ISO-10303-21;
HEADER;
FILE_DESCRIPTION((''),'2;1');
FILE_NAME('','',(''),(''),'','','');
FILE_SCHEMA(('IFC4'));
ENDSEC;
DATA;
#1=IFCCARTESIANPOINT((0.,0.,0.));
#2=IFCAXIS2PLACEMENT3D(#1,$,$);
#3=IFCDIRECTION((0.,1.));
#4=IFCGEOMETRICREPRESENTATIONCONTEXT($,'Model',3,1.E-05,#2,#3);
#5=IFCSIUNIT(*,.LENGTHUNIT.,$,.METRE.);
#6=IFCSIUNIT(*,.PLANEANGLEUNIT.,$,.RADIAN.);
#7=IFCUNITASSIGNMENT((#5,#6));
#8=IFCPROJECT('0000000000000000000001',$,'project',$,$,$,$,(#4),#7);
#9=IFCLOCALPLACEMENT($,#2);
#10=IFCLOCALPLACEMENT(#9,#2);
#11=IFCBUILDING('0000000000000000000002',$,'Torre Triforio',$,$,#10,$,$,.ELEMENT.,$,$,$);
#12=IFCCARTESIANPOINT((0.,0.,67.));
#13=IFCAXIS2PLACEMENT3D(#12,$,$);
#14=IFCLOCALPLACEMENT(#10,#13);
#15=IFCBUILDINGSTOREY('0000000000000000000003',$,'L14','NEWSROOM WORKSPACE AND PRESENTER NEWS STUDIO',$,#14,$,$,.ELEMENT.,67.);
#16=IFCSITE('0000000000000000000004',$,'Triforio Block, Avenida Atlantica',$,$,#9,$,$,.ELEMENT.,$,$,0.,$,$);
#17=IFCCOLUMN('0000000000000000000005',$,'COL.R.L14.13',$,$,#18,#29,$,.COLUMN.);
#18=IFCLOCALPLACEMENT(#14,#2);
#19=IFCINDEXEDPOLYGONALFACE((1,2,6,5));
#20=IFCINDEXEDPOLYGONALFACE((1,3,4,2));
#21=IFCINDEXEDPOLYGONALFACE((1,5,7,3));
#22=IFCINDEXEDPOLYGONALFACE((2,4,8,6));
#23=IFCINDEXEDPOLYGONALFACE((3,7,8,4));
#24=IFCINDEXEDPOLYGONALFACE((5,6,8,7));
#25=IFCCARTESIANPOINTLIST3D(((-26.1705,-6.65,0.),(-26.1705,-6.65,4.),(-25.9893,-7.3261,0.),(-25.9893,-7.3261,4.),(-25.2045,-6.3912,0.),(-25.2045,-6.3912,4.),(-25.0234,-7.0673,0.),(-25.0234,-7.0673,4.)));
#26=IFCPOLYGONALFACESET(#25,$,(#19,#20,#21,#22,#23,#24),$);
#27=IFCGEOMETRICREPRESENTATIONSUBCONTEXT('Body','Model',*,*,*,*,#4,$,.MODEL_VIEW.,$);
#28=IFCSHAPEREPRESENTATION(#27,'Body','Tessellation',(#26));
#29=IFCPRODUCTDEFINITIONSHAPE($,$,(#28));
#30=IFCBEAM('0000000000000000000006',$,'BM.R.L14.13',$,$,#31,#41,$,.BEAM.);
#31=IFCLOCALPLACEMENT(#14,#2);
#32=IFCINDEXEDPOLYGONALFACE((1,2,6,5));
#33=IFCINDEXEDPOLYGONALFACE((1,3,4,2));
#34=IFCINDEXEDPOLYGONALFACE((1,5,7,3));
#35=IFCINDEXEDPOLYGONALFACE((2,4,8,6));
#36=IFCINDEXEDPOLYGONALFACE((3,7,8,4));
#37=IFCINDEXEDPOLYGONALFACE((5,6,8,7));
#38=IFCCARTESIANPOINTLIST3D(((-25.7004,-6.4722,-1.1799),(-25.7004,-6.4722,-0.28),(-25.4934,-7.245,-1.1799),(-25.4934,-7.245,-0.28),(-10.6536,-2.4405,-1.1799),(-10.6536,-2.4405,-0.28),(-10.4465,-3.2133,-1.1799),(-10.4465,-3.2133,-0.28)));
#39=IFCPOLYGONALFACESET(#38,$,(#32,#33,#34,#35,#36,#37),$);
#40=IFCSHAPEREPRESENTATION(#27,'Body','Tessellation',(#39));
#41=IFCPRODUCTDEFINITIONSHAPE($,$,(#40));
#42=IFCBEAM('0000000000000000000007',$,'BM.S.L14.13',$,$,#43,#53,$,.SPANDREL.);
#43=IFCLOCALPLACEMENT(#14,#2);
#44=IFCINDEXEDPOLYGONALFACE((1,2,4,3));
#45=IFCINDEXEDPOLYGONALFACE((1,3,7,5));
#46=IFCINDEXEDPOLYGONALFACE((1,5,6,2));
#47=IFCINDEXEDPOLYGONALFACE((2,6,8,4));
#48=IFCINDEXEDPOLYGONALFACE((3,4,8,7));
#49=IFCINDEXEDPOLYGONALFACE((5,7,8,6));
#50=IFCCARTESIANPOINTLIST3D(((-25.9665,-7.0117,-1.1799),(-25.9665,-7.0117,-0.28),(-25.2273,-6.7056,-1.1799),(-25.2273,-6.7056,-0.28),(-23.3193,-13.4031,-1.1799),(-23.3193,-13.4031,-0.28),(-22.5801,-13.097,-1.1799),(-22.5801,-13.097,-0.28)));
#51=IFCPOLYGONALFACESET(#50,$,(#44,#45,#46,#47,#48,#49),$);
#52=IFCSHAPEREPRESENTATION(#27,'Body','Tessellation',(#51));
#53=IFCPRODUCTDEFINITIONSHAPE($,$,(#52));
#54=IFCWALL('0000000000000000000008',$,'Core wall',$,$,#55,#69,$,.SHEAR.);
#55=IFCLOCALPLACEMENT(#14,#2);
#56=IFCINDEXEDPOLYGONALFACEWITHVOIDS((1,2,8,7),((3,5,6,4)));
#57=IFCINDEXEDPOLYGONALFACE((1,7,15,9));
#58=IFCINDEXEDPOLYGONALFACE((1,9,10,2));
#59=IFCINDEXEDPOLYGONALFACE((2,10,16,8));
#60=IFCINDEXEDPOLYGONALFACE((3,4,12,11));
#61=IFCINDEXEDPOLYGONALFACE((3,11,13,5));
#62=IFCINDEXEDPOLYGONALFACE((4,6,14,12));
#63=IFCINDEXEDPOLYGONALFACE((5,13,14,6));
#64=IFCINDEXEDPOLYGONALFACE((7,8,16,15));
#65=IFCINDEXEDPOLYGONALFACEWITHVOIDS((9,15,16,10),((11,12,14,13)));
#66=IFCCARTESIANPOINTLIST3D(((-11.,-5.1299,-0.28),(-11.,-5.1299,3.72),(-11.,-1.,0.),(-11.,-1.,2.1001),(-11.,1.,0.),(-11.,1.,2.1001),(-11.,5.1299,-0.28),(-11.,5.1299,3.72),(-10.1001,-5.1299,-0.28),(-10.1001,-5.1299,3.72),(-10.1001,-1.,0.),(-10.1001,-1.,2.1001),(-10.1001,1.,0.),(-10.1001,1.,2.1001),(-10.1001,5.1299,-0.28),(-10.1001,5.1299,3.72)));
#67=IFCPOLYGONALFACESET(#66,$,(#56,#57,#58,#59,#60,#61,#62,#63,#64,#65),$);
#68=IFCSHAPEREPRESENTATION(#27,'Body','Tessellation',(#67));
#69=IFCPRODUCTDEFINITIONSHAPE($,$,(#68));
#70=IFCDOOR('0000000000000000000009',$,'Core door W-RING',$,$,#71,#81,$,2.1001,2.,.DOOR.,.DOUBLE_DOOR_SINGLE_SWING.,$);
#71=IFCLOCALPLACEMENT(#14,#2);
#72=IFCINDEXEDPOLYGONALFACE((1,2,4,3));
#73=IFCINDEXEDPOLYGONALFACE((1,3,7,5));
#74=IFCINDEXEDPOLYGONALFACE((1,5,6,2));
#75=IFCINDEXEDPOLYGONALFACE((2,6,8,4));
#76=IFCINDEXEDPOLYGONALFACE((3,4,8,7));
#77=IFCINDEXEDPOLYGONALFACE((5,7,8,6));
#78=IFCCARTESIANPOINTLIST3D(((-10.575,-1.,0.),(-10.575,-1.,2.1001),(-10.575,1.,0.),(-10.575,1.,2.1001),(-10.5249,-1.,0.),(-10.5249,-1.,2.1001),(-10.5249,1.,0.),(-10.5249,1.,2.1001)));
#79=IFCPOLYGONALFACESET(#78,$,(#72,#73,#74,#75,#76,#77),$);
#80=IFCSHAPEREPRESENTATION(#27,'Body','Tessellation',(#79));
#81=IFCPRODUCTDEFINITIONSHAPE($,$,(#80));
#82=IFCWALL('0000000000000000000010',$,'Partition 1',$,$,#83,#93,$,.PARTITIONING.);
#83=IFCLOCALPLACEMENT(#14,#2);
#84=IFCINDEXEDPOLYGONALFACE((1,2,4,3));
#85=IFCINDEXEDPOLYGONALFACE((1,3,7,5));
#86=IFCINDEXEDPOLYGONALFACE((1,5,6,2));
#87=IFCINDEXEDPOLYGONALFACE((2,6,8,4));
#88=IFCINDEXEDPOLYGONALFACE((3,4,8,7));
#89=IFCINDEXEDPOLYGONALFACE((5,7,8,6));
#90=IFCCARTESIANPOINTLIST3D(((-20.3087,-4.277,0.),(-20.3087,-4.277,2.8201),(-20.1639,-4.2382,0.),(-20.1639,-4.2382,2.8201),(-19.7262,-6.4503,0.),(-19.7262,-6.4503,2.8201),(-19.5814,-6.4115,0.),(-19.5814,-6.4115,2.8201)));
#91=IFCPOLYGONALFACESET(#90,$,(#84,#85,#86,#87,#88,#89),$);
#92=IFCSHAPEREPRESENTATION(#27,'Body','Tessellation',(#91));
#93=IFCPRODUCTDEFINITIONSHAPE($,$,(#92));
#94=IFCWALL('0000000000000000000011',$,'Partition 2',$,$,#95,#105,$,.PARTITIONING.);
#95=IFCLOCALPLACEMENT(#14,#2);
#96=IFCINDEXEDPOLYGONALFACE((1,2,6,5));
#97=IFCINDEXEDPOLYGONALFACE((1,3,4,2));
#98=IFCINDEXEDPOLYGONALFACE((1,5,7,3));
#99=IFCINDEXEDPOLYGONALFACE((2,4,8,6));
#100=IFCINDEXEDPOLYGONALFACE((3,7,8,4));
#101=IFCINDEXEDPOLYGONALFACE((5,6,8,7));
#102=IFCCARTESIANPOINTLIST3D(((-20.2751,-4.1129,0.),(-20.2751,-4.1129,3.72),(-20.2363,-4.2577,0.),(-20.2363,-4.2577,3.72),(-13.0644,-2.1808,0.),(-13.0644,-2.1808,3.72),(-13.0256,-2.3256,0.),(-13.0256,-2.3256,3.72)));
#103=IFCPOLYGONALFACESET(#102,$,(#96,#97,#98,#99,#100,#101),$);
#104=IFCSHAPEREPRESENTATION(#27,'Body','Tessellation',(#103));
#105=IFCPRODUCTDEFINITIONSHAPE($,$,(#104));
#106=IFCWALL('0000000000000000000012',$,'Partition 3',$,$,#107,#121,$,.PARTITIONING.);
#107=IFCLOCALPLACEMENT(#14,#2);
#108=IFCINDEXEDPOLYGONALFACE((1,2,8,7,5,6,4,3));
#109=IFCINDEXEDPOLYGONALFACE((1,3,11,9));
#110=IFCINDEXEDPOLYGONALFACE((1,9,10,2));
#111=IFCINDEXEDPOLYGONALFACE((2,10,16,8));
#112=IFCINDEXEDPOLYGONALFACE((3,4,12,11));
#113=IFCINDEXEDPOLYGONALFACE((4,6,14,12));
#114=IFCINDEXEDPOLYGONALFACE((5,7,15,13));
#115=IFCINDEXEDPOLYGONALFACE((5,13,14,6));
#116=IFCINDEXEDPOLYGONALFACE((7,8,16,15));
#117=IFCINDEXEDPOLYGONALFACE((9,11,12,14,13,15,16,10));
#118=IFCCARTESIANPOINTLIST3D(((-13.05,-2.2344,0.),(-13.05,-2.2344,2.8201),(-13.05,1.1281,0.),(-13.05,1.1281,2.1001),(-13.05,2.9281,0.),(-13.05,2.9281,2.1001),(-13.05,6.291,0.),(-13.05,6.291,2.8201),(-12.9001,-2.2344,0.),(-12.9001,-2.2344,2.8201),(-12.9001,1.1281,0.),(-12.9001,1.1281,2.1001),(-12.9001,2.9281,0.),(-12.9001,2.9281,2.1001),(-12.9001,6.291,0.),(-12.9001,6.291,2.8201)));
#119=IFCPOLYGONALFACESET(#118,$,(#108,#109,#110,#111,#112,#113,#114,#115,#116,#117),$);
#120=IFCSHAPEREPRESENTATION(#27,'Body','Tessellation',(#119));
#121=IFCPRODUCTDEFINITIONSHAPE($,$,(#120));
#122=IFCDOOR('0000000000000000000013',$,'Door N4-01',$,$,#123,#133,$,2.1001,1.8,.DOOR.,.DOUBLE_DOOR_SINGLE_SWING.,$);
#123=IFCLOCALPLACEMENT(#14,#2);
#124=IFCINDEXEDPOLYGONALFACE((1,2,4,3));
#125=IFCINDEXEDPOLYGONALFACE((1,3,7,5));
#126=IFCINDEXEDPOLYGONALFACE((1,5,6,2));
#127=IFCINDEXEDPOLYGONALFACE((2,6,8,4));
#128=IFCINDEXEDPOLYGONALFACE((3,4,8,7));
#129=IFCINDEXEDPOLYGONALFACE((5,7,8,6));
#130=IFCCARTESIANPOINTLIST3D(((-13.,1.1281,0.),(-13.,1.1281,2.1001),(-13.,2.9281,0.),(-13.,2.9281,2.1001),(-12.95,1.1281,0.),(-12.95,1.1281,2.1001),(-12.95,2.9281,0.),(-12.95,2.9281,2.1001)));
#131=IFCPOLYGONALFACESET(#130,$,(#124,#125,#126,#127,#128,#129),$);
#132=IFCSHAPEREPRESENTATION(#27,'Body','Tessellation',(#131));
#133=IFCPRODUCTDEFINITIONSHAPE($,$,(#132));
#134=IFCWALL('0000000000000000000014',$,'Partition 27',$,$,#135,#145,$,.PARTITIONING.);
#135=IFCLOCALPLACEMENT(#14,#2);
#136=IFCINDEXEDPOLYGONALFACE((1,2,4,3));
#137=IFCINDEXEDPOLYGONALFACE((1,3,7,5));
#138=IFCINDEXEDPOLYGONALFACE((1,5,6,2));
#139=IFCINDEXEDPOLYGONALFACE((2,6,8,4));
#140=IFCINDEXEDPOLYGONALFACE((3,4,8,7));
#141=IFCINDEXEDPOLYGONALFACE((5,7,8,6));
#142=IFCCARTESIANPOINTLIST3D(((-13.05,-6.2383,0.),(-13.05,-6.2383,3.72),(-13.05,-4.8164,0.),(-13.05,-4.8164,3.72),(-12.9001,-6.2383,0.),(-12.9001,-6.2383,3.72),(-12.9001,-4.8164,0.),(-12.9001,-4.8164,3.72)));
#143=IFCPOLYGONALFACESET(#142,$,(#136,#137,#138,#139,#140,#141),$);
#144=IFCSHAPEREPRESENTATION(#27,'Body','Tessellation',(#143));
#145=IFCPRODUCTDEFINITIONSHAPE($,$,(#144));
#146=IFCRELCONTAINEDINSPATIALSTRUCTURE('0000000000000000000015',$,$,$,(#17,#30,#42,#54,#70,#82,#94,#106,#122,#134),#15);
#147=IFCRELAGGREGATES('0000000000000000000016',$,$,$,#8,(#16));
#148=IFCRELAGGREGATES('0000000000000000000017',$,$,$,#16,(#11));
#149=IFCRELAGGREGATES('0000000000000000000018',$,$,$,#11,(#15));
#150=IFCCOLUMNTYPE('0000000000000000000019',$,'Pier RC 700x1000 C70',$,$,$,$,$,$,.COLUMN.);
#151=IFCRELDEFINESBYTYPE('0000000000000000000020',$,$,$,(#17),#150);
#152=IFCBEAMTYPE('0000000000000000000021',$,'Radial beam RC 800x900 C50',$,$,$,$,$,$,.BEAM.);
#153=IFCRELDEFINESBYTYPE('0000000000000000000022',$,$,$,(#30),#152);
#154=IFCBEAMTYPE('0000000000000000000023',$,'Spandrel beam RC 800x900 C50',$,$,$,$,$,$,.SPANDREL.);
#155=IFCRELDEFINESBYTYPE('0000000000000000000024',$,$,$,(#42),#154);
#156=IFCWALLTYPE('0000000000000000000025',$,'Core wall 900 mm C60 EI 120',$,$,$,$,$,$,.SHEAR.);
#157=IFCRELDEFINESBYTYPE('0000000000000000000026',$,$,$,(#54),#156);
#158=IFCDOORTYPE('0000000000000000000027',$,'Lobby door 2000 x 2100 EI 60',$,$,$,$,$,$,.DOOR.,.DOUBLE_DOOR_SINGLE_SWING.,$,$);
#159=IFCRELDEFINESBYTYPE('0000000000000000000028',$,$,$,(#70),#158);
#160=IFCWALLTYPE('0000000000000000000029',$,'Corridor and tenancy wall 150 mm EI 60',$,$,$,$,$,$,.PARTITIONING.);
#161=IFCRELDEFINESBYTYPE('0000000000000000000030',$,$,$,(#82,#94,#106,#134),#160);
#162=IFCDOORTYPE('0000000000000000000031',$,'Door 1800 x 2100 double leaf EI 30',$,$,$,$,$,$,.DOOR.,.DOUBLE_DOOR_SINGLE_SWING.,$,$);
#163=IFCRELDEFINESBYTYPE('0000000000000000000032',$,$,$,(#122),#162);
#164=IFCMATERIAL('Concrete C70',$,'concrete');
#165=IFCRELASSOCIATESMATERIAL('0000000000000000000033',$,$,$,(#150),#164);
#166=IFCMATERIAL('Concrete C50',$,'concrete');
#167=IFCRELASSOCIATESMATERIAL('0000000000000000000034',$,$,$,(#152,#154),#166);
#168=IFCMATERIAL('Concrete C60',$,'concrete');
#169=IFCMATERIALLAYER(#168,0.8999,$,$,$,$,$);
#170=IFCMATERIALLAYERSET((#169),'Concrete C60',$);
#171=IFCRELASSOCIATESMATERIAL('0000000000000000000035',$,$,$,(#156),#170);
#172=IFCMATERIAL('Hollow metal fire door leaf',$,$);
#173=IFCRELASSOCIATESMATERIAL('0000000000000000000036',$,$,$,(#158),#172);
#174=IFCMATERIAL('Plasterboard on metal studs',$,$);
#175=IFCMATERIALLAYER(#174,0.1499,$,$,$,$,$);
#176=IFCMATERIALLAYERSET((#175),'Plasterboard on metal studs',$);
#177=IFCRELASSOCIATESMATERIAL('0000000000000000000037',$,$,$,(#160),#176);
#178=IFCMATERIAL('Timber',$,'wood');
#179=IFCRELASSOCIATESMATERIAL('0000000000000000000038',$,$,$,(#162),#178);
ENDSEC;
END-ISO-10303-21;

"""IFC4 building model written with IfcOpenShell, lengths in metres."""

from ifc_helpers import new_model, si_unit, direction, frame, frame_2d, origin, origin_2d, place, context, subcontext, project, spatial, rectangle, extrude, material, layer, layer_set, material_profile, profile_set, type_object, element, fill, save


model = new_model("IFC4")

# Units and contexts
model_context = context("Model", 3, precision=1e-05, world=origin(), true_north=direction((0.0, 1.0)))
body_context = subcontext(model_context, "Body", "Model", "MODEL_VIEW")
ifc_project = project(units=[si_unit("LENGTHUNIT", "METRE"), si_unit("PLANEANGLEUNIT", "RADIAN")], contexts=[model_context])

# Site, building, storey
site_placement = place(None, origin())
site = spatial("IfcSite", under=ifc_project, at=site_placement, Name="Triforio Block, Avenida Atlantica", CompositionType="ELEMENT", RefElevation=0.0)
building_placement = place(site_placement, origin())
building = spatial("IfcBuilding", under=site, at=building_placement, Name="Torre Triforio", CompositionType="ELEMENT")
storey_placement = place(building_placement, frame((0.0, 0.0, 67.0)))
storey = spatial("IfcBuildingStorey", under=building, at=storey_placement, Name="L14", Description="NEWSROOM WORKSPACE AND PRESENTER NEWS STUDIO", CompositionType="ELEMENT", Elevation=67.0)

# Column
ifc_material_1 = material(Name="Concrete C70", Category="concrete")
ifc_material_profile_1 = material_profile(ifc_material_1, rectangle(XDim=0.7, YDim=1.0, at=origin_2d()), Name="RC 700x1000")
ifc_profile_set_1 = profile_set([ifc_material_profile_1], Name="Concrete C70")
column_type = type_object("IfcColumnType", Name="Pier RC 700x1000 C70", PredefinedType="COLUMN", material=ifc_profile_set_1)
column_placement = place(storey_placement, frame((-25.5969, -6.8586, 0.0), z_axis=(0.0, 0.0, 1.0), x_axis=(0.258819, -0.965926, 0.0)))
element("IfcColumn", 1, at=column_placement, inside=storey, type_object=column_type, Name="COL.R.L14.13", PredefinedType="COLUMN", context=body_context, shape_type="SweptSolid", body=[
    extrude(rectangle(XDim=0.7, YDim=1.0, at=origin_2d()), origin(), (0.0, 0.0, 1.0), 4.0),
])

# Beams
ifc_material_2 = material(Name="Concrete C50", Category="concrete")
ifc_material_profile_2 = material_profile(ifc_material_2, rectangle(XDim=0.8, YDim=0.8999, at=origin_2d()), Name="RC 800x900")
ifc_profile_set_2 = profile_set([ifc_material_profile_2], Name="Concrete C50")
beam_type_1 = type_object("IfcBeamType", Name="Radial beam RC 800x900 C50", PredefinedType="BEAM", material=ifc_profile_set_2)
beam_1_placement = place(storey_placement, frame((-10.55, -2.8269, -0.73), z_axis=(-0.965927, -0.258815, 0.0), x_axis=(0.258815, -0.965927, 0.0)))
element("IfcBeam", 2, at=beam_1_placement, inside=storey, type_object=beam_type_1, Name="BM.R.L14.13", PredefinedType="BEAM", context=body_context, shape_type="SweptSolid", body=[
    extrude(rectangle(XDim=0.8, YDim=0.8999, at=origin_2d()), origin(), (0.0, 0.0, 1.0), 15.5776),
])
ifc_material_profile_3 = material_profile(ifc_material_2, rectangle(XDim=0.8, YDim=0.8999, at=origin_2d()), Name="RC 800x900")
ifc_profile_set_3 = profile_set([ifc_material_profile_3], Name="Concrete C50")
beam_type_2 = type_object("IfcBeamType", Name="Spandrel beam RC 800x900 C50", PredefinedType="SPANDREL", material=ifc_profile_set_3)
beam_2_placement = place(storey_placement, frame((-25.5969, -6.8586, -0.73), z_axis=(0.382662, -0.923888, 0.0), x_axis=(0.923888, 0.382662, 0.0)))
element("IfcBeam", 3, at=beam_2_placement, inside=storey, type_object=beam_type_2, Name="BM.S.L14.13", PredefinedType="SPANDREL", context=body_context, shape_type="SweptSolid", body=[
    extrude(rectangle(XDim=0.8, YDim=0.8999, at=origin_2d()), origin(), (0.0, 0.0, 1.0), 6.918),
])

# Wall, opening, door
ifc_material_3 = material(Name="Concrete C60", Category="concrete")
ifc_layer_1 = layer(ifc_material_3, 0.8999)
ifc_layer_set_1 = layer_set([ifc_layer_1], Name="Concrete C60")
wall_type_1 = type_object("IfcWallType", Name="Core wall 900 mm C60 EI 120", PredefinedType="SHEAR", material=ifc_layer_set_1)
wall_1_placement = place(storey_placement, frame((-10.55, -5.1299, -0.28), z_axis=(0.0, 0.0, 1.0), x_axis=(0.0, 1.0, 0.0)))
wall_1 = element("IfcWall", 4, at=wall_1_placement, inside=storey, type_object=wall_type_1, Name="Core wall", PredefinedType="SHEAR", context=body_context, shape_type="SweptSolid", body=[
    extrude(rectangle(XDim=10.2598, YDim=0.8999, at=frame_2d((5.1299, 0.0))), origin(), (0.0, 0.0, 1.0), 4.0),
])
opening_1_placement = place(wall_1_placement, frame((4.1299, 0.0, 0.28)))
opening_1 = element("IfcOpeningElement", 5, at=opening_1_placement, cuts=wall_1, PredefinedType="OPENING", context=body_context, shape_type="SweptSolid", body=[
    extrude(rectangle(XDim=2.0, YDim=2.1001, at=frame_2d((1.0, 1.05))), frame((0.0, 0.46, 0.0), z_axis=(0.0, -1.0, 0.0), x_axis=(1.0, 0.0, 0.0)), (0.0, 0.0, 1.0), 0.9199),
])
ifc_material_4 = material(Name="Hollow metal fire door leaf")
door_type_1 = type_object("IfcDoorType", Name="Lobby door 2000 x 2100 EI 60", OperationType="DOUBLE_DOOR_SINGLE_SWING", PredefinedType="DOOR", material=ifc_material_4)
door_1_placement = place(opening_1_placement, origin())
door_1 = element("IfcDoor", 6, at=door_1_placement, inside=storey, type_object=door_type_1, Name="Core door W-RING", OperationType="DOUBLE_DOOR_SINGLE_SWING", OverallHeight=2.1001, OverallWidth=2.0, PredefinedType="DOOR", context=body_context, shape_type="SweptSolid", body=[
    extrude(rectangle(XDim=2.0, YDim=2.1001, at=frame_2d((1.0, 1.05))), frame((0.0, 0.0249, 0.0), z_axis=(0.0, -1.0, 0.0), x_axis=(1.0, 0.0, 0.0)), (0.0, 0.0, 1.0), 0.05),
])
fill(opening_1, door_1)

# Walls
ifc_material_5 = material(Name="Plasterboard on metal studs")
ifc_layer_2 = layer(ifc_material_5, 0.1499)
ifc_layer_set_2 = layer_set([ifc_layer_2], Name="Plasterboard on metal studs")
wall_type_2 = type_object("IfcWallType", Name="Corridor and tenancy wall 150 mm EI 60", PredefinedType="PARTITIONING", material=ifc_layer_set_2)
wall_2_placement = place(storey_placement, frame((-19.6538, -6.4309, 0.0), z_axis=(0.0, 0.0, 1.0), x_axis=(-0.258892, 0.965906, 0.0)))
element("IfcWall", 7, at=wall_2_placement, inside=storey, type_object=wall_type_2, Name="Partition 1", PredefinedType="PARTITIONING", context=body_context, shape_type="SweptSolid", body=[
    extrude(rectangle(XDim=2.25, YDim=0.1499, at=frame_2d((1.125, 0.0))), origin(), (0.0, 0.0, 1.0), 2.8201),
])
wall_3_placement = place(storey_placement, frame((-20.2556, -4.1853, 0.0), z_axis=(0.0, 0.0, 1.0), x_axis=(0.965925, 0.258823, 0.0)))
element("IfcWall", 8, at=wall_3_placement, inside=storey, type_object=wall_type_2, Name="Partition 2", PredefinedType="PARTITIONING", context=body_context, shape_type="SweptSolid", body=[
    extrude(rectangle(XDim=7.4651, YDim=0.1499, at=frame_2d((3.7324, 0.0))), origin(), (0.0, 0.0, 1.0), 3.72),
])

# Wall, opening, door
wall_4_placement = place(storey_placement, frame((-12.9751, -2.2344, 0.0), z_axis=(0.0, 0.0, 1.0), x_axis=(0.0, 1.0, 0.0)))
wall_4 = element("IfcWall", 9, at=wall_4_placement, inside=storey, type_object=wall_type_2, Name="Partition 3", PredefinedType="PARTITIONING", context=body_context, shape_type="SweptSolid", body=[
    extrude(rectangle(XDim=8.5254, YDim=0.1499, at=frame_2d((4.2627, 0.0))), origin(), (0.0, 0.0, 1.0), 2.8201),
])
opening_2_placement = place(wall_4_placement, frame((3.3625, 0.0, 0.0)))
opening_2 = element("IfcOpeningElement", 10, at=opening_2_placement, cuts=wall_4, PredefinedType="OPENING", context=body_context, shape_type="SweptSolid", body=[
    extrude(rectangle(XDim=1.8, YDim=2.1001, at=frame_2d((0.8999, 1.05))), frame((0.0, 0.085, 0.0), z_axis=(0.0, -1.0, 0.0), x_axis=(1.0, 0.0, 0.0)), (0.0, 0.0, 1.0), 0.1699),
])
ifc_material_6 = material(Name="Timber", Category="wood")
door_type_2 = type_object("IfcDoorType", Name="Door 1800 x 2100 double leaf EI 30", OperationType="DOUBLE_DOOR_SINGLE_SWING", PredefinedType="DOOR", material=ifc_material_6)
door_2_placement = place(opening_2_placement, origin())
door_2 = element("IfcDoor", 11, at=door_2_placement, inside=storey, type_object=door_type_2, Name="Door N4-01", OperationType="DOUBLE_DOOR_SINGLE_SWING", OverallHeight=2.1001, OverallWidth=1.8, PredefinedType="DOOR", context=body_context, shape_type="SweptSolid", body=[
    extrude(rectangle(XDim=1.8, YDim=2.1001, at=frame_2d((0.8999, 1.05))), frame((0.0, 0.0249, 0.0), z_axis=(0.0, -1.0, 0.0), x_axis=(1.0, 0.0, 0.0)), (0.0, 0.0, 1.0), 0.05),
])
fill(opening_2, door_2)

# Wall
wall_5_placement = place(storey_placement, frame((-12.9751, -6.2383, 0.0), z_axis=(0.0, 0.0, 1.0), x_axis=(0.0, 1.0, 0.0)))
element("IfcWall", 12, at=wall_5_placement, inside=storey, type_object=wall_type_2, Name="Partition 27", PredefinedType="PARTITIONING", context=body_context, shape_type="SweptSolid", body=[
    extrude(rectangle(XDim=1.4219, YDim=0.1499, at=frame_2d((0.7109, 0.0))), origin(), (0.0, 0.0, 1.0), 3.72),
])

save(model, "model.ifc")
